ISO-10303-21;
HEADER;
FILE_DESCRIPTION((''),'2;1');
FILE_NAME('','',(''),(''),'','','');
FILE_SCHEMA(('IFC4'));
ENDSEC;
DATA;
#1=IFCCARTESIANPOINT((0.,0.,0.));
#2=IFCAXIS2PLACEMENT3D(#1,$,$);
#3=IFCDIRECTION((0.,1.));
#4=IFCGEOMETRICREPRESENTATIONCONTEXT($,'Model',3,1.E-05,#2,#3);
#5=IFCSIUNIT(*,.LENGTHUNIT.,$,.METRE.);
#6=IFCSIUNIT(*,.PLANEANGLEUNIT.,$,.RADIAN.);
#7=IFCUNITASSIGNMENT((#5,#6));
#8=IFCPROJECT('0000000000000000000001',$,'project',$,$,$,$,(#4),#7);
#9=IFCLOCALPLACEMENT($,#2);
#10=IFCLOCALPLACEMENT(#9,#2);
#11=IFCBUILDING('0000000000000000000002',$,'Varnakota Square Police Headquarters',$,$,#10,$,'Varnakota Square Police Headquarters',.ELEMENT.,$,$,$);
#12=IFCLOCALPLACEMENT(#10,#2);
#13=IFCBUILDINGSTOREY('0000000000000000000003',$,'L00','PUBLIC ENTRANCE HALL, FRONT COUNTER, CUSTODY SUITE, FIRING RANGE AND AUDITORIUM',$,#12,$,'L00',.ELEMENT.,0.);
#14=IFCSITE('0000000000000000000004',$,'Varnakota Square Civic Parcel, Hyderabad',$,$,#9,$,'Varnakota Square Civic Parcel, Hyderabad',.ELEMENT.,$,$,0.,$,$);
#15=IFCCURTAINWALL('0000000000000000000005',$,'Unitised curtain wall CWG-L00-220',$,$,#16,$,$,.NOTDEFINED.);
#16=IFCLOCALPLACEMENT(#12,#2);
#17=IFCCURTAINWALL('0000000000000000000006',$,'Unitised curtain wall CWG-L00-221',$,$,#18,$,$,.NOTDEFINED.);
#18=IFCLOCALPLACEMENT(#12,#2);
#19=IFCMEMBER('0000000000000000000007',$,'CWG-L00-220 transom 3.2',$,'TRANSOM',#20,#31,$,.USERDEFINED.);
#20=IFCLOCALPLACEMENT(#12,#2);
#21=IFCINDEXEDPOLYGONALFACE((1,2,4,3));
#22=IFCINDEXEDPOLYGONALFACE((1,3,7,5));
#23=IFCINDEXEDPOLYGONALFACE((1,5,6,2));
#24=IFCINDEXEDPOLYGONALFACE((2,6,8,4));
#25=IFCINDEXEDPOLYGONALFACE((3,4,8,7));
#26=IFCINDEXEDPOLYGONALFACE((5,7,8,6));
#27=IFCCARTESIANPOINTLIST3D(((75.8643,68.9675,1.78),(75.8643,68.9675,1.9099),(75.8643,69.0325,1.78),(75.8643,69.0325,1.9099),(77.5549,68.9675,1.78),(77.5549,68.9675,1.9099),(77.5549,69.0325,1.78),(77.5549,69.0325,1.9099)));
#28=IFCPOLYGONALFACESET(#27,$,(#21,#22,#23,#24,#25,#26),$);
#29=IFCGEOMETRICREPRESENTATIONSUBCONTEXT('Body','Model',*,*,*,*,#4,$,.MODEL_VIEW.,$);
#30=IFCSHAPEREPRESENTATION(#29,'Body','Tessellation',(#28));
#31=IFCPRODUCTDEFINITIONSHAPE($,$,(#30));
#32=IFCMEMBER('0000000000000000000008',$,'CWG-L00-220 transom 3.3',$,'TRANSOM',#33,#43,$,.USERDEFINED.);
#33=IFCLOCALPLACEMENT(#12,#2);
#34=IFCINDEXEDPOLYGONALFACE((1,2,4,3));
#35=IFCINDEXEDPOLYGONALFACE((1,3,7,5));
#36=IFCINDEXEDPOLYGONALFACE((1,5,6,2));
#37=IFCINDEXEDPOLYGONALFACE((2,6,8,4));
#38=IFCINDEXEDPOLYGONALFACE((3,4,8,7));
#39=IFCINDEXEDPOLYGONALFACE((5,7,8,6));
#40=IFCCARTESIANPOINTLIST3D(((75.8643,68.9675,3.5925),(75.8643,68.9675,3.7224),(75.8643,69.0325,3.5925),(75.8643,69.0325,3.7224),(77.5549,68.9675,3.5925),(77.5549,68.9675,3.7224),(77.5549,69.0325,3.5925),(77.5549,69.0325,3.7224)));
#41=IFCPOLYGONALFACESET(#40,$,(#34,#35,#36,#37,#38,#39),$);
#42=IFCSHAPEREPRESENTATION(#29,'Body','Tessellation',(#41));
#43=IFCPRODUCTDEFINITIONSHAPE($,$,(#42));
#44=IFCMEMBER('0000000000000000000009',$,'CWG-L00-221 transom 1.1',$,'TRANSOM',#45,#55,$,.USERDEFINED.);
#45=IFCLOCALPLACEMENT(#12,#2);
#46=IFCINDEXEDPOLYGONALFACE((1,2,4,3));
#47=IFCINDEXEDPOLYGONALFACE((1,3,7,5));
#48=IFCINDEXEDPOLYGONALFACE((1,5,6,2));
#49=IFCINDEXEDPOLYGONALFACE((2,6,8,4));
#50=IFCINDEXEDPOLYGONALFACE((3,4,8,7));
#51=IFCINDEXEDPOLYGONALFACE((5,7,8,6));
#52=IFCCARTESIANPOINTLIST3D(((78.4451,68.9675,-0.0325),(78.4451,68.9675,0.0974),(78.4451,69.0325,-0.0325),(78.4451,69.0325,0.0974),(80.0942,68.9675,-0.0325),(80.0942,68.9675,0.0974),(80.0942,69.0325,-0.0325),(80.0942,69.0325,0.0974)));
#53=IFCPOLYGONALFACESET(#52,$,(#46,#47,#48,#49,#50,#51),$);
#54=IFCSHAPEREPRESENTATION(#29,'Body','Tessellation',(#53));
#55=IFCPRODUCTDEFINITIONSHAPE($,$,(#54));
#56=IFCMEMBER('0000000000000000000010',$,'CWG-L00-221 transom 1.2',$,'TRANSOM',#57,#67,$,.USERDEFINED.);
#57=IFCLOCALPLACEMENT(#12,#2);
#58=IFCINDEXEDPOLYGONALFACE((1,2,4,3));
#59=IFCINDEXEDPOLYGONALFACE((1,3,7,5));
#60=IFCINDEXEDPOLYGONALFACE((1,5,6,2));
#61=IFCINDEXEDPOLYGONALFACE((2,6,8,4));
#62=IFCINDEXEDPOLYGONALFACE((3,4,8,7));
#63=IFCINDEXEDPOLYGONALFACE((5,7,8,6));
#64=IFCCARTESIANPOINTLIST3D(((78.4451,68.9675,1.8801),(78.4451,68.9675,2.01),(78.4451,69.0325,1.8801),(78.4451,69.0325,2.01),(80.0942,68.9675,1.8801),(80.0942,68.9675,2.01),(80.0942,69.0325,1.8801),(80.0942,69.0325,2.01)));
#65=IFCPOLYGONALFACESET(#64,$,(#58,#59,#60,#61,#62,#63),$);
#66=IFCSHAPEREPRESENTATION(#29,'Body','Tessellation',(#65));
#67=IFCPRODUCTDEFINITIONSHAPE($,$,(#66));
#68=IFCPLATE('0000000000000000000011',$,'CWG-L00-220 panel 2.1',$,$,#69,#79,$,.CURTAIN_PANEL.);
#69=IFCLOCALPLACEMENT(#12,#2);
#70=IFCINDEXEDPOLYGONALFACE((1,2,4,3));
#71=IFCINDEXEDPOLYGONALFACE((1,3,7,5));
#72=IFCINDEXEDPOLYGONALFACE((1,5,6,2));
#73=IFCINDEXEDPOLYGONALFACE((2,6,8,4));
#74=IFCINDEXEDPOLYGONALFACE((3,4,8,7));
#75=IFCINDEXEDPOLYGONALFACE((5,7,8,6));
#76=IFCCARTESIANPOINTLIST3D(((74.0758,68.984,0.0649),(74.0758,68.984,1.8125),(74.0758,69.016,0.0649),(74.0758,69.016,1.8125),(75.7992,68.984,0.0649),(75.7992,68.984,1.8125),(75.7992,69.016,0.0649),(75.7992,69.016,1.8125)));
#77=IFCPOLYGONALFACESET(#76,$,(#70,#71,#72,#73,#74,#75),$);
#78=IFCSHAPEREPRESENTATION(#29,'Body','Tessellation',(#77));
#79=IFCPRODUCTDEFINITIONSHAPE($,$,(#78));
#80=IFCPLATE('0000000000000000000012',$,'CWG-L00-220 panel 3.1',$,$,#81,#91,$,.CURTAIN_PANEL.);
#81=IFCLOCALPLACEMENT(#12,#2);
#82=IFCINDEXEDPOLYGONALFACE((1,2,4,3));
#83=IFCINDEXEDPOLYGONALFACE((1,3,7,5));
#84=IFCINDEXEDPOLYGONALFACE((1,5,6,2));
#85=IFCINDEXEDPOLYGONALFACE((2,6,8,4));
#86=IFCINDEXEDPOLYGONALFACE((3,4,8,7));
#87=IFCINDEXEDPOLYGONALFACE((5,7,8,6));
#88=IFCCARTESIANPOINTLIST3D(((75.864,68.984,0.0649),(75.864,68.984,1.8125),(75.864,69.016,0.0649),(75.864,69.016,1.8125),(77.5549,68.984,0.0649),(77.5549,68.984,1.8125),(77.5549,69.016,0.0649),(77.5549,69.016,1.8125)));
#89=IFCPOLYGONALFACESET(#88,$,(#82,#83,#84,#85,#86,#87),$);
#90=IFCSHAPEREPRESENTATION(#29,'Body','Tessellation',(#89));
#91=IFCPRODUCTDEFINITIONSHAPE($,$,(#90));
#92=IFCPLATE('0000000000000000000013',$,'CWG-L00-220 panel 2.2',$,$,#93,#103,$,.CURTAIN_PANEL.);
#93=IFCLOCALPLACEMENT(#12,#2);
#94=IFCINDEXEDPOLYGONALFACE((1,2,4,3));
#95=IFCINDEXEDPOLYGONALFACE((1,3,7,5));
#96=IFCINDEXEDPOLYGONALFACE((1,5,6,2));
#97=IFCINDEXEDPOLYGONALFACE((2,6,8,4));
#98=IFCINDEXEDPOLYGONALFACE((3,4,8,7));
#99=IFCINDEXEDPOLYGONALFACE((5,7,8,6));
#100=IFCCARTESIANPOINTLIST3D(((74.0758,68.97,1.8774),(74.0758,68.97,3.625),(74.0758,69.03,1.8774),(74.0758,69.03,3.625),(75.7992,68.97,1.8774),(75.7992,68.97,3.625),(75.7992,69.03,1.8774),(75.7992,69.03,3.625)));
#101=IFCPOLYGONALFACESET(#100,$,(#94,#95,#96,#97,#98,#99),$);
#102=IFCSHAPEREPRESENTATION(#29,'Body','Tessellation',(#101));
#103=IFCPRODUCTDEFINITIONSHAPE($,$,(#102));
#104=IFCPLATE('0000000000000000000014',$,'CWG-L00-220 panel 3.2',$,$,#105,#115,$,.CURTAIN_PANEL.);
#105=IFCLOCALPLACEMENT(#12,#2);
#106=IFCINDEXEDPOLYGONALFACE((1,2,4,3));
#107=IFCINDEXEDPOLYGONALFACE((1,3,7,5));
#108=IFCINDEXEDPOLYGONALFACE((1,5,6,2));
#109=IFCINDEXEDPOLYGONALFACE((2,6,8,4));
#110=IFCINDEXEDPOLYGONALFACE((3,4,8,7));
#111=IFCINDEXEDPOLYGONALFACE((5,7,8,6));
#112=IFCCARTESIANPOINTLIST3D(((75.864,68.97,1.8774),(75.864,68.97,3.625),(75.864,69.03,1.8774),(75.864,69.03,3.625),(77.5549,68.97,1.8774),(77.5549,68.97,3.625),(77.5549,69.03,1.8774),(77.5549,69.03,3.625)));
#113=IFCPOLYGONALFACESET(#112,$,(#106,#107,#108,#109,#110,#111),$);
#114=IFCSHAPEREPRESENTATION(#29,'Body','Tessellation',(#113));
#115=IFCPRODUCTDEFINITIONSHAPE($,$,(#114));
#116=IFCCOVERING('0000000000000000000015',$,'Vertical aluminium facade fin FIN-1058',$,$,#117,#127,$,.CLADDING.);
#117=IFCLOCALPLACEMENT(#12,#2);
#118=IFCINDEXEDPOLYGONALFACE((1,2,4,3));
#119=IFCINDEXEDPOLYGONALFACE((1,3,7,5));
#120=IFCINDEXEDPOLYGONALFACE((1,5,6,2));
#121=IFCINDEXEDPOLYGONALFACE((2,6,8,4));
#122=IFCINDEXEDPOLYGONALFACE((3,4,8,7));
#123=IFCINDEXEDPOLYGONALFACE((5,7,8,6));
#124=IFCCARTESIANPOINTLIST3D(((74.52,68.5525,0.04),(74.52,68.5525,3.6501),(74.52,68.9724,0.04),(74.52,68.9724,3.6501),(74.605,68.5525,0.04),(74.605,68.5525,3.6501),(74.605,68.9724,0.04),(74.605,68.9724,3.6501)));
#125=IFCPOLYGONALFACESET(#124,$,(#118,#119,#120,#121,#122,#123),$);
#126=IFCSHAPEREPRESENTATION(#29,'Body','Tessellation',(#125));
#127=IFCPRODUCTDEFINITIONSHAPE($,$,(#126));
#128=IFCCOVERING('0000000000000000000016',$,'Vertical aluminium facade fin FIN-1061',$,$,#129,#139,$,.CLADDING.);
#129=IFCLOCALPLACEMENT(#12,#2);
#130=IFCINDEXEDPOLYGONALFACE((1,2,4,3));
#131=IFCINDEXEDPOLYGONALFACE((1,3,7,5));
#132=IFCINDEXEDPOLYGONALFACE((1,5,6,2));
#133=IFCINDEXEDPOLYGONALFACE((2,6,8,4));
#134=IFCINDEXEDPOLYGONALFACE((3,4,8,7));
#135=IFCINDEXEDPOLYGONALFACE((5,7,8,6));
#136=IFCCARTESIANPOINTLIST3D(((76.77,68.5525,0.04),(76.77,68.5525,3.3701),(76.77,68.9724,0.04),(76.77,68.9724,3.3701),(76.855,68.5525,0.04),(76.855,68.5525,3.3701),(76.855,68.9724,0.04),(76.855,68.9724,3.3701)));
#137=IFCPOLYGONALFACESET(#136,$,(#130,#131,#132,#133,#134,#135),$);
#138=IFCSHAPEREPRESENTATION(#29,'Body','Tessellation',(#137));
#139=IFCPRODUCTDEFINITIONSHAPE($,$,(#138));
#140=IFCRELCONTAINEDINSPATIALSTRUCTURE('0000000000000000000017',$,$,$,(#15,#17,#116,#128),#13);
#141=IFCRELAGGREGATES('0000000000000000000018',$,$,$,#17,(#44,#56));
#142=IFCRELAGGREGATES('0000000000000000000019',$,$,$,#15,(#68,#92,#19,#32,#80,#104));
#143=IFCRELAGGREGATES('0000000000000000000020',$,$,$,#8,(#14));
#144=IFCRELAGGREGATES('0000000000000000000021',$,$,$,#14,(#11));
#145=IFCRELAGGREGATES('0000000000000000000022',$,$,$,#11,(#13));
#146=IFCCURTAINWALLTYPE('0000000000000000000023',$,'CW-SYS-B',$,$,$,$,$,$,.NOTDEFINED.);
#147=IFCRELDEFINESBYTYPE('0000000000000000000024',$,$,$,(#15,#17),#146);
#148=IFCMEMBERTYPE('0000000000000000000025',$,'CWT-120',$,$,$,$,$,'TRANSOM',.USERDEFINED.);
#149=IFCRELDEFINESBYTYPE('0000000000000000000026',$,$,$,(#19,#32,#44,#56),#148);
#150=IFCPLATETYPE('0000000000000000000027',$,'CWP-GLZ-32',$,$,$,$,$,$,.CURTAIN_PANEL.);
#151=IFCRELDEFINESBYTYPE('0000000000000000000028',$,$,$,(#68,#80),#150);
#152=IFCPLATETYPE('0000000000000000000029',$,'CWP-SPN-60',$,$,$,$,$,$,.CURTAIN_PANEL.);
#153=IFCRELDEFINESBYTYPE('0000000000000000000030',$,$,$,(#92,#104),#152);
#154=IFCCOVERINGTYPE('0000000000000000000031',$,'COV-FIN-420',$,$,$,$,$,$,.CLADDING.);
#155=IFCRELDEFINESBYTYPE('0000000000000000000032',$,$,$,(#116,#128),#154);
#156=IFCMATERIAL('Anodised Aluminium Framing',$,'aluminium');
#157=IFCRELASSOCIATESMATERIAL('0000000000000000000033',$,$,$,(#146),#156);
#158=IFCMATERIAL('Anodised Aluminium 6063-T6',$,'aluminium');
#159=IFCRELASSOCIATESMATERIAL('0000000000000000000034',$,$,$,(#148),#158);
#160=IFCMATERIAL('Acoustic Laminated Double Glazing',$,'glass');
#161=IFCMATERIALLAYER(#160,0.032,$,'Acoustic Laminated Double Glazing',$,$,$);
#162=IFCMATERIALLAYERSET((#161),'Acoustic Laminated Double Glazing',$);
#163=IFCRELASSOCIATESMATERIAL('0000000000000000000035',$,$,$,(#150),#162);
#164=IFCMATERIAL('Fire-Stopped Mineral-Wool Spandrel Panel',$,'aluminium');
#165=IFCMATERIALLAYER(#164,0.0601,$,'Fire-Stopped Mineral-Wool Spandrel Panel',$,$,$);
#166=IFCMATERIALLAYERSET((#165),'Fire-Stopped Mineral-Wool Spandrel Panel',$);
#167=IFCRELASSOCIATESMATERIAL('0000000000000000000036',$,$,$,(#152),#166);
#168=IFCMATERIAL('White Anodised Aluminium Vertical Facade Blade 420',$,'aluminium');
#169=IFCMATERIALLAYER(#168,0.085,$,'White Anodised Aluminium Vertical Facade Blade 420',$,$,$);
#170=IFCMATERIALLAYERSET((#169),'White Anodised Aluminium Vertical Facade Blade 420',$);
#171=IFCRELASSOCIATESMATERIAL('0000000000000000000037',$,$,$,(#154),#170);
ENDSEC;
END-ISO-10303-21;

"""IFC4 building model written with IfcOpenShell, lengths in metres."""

from ifc_helpers import new_model, si_unit, direction, frame, origin, origin_2d, place, context, subcontext, project, spatial, rectangle, extrude, material, layer, layer_set, material_profile, profile_set, type_object, element, aggregate, save


model = new_model("IFC4")

# Units and contexts
model_context = context("Model", 3, precision=1e-05, world=origin(), true_north=direction((0.0, 1.0)))
body_context = subcontext(model_context, "Body", "Model", "MODEL_VIEW")
ifc_project = project(units=[si_unit("LENGTHUNIT", "METRE"), si_unit("PLANEANGLEUNIT", "RADIAN")], contexts=[model_context])

# Site, building, storey
site_placement = place(None, origin())
site = spatial("IfcSite", under=ifc_project, at=site_placement, Name="Varnakota Square Civic Parcel, Hyderabad", LongName="Varnakota Square Civic Parcel, Hyderabad", CompositionType="ELEMENT", RefElevation=0.0)
building_placement = place(site_placement, origin())
building = spatial("IfcBuilding", under=site, at=building_placement, Name="Varnakota Square Police Headquarters", LongName="Varnakota Square Police Headquarters", CompositionType="ELEMENT")
storey_placement = place(building_placement, origin())
storey = spatial("IfcBuildingStorey", under=building, at=storey_placement, Name="L00", Description="PUBLIC ENTRANCE HALL, FRONT COUNTER, CUSTODY SUITE, FIRING RANGE AND AUDITORIUM", LongName="L00", CompositionType="ELEMENT", Elevation=0.0)

# Curtain wall
ifc_material_1 = material(Name="Anodised Aluminium Framing", Category="aluminium")
curtain_wall_type = type_object("IfcCurtainWallType", Name="CW-SYS-B", PredefinedType="NOTDEFINED", material=ifc_material_1)
curtain_wall_1_placement = place(storey_placement, origin())
curtain_wall_1 = element("IfcCurtainWall", 1, at=curtain_wall_1_placement, inside=storey, type_object=curtain_wall_type, Name="Unitised curtain wall CWG-L00-220", PredefinedType="NOTDEFINED")
ifc_material_2 = material(Name="Anodised Aluminium 6063-T6", Category="aluminium")

# Curtain wall
curtain_wall_2_placement = place(storey_placement, origin())
curtain_wall_2 = element("IfcCurtainWall", 2, at=curtain_wall_2_placement, inside=storey, type_object=curtain_wall_type, Name="Unitised curtain wall CWG-L00-221", PredefinedType="NOTDEFINED")

# Members
ifc_material_profile_1 = material_profile(ifc_material_2, rectangle(XDim=0.0649, YDim=0.1299, at=origin_2d()), Name="ALU TRANSOM 65x130")
ifc_profile_set_1 = profile_set([ifc_material_profile_1], Name="Anodised Aluminium 6063-T6")
member_type_1 = type_object("IfcMemberType", Name="CWT-120", ElementType="TRANSOM", PredefinedType="USERDEFINED", material=ifc_profile_set_1)
member_1_placement = place(storey_placement, frame((75.8643, 69.0, 1.845), z_axis=(1.0, 0.0, 0.0), x_axis=(0.0, 1.0, 0.0)))
member_1 = element("IfcMember", 3, at=member_1_placement, type_object=member_type_1, Name="CWG-L00-220 transom 3.2", ObjectType="TRANSOM", PredefinedType="USERDEFINED", context=body_context, shape_type="SweptSolid", body=[
    extrude(rectangle(XDim=0.0649, YDim=0.1299, at=origin_2d()), origin(), (0.0, 0.0, 1.0), 1.6907),
])
member_2_placement = place(storey_placement, frame((75.8643, 69.0, 3.6575), z_axis=(1.0, 0.0, 0.0), x_axis=(0.0, 1.0, 0.0)))
member_2 = element("IfcMember", 4, at=member_2_placement, type_object=member_type_1, Name="CWG-L00-220 transom 3.3", ObjectType="TRANSOM", PredefinedType="USERDEFINED", context=body_context, shape_type="SweptSolid", body=[
    extrude(rectangle(XDim=0.0649, YDim=0.1299, at=origin_2d()), origin(), (0.0, 0.0, 1.0), 1.6907),
])
member_3_placement = place(storey_placement, frame((78.4451, 69.0, 0.0325), z_axis=(1.0, 0.0, 0.0), x_axis=(0.0, 1.0, 0.0)))
member_3 = element("IfcMember", 5, at=member_3_placement, type_object=member_type_1, Name="CWG-L00-221 transom 1.1", ObjectType="TRANSOM", PredefinedType="USERDEFINED", context=body_context, shape_type="SweptSolid", body=[
    extrude(rectangle(XDim=0.0649, YDim=0.1299, at=origin_2d()), origin(), (0.0, 0.0, 1.0), 1.6492),
])
member_4_placement = place(storey_placement, frame((78.4451, 69.0, 1.9451), z_axis=(1.0, 0.0, 0.0), x_axis=(0.0, 1.0, 0.0)))
member_4 = element("IfcMember", 6, at=member_4_placement, type_object=member_type_1, Name="CWG-L00-221 transom 1.2", ObjectType="TRANSOM", PredefinedType="USERDEFINED", context=body_context, shape_type="SweptSolid", body=[
    extrude(rectangle(XDim=0.0649, YDim=0.1299, at=origin_2d()), origin(), (0.0, 0.0, 1.0), 1.6492),
])
aggregate(curtain_wall_2, [member_3, member_4])

# Plates
ifc_material_3 = material(Name="Acoustic Laminated Double Glazing", Category="glass")
ifc_layer_1 = layer(ifc_material_3, 0.032, Name="Acoustic Laminated Double Glazing")
ifc_layer_set_1 = layer_set([ifc_layer_1], Name="Acoustic Laminated Double Glazing")
plate_type_1 = type_object("IfcPlateType", Name="CWP-GLZ-32", PredefinedType="CURTAIN_PANEL", material=ifc_layer_set_1)
plate_1_placement = place(storey_placement, frame((74.9375, 69.0, 0.0649), z_axis=(0.0, 0.0, 1.0), x_axis=(1.0, 0.0, 0.0)))
plate_1 = element("IfcPlate", 7, at=plate_1_placement, type_object=plate_type_1, Name="CWG-L00-220 panel 2.1", PredefinedType="CURTAIN_PANEL", context=body_context, shape_type="SweptSolid", body=[
    extrude(rectangle(XDim=1.7234, YDim=0.032, at=origin_2d()), origin(), (0.0, 0.0, 1.0), 1.7476),
])
plate_2_placement = place(storey_placement, frame((76.7095, 69.0, 0.0649), z_axis=(0.0, 0.0, 1.0), x_axis=(1.0, 0.0, 0.0)))
plate_2 = element("IfcPlate", 8, at=plate_2_placement, type_object=plate_type_1, Name="CWG-L00-220 panel 3.1", PredefinedType="CURTAIN_PANEL", context=body_context, shape_type="SweptSolid", body=[
    extrude(rectangle(XDim=1.6909, YDim=0.032, at=origin_2d()), origin(), (0.0, 0.0, 1.0), 1.7476),
])
ifc_material_4 = material(Name="Fire-Stopped Mineral-Wool Spandrel Panel", Category="aluminium")
ifc_layer_2 = layer(ifc_material_4, 0.0601, Name="Fire-Stopped Mineral-Wool Spandrel Panel")
ifc_layer_set_2 = layer_set([ifc_layer_2], Name="Fire-Stopped Mineral-Wool Spandrel Panel")
plate_type_2 = type_object("IfcPlateType", Name="CWP-SPN-60", PredefinedType="CURTAIN_PANEL", material=ifc_layer_set_2)
plate_3_placement = place(storey_placement, frame((74.9375, 69.0, 1.8774), z_axis=(0.0, 0.0, 1.0), x_axis=(1.0, 0.0, 0.0)))
plate_3 = element("IfcPlate", 9, at=plate_3_placement, type_object=plate_type_2, Name="CWG-L00-220 panel 2.2", PredefinedType="CURTAIN_PANEL", context=body_context, shape_type="SweptSolid", body=[
    extrude(rectangle(XDim=1.7234, YDim=0.0601, at=origin_2d()), origin(), (0.0, 0.0, 1.0), 1.7476),
])
plate_4_placement = place(storey_placement, frame((76.7095, 69.0, 1.8774), z_axis=(0.0, 0.0, 1.0), x_axis=(1.0, 0.0, 0.0)))
plate_4 = element("IfcPlate", 10, at=plate_4_placement, type_object=plate_type_2, Name="CWG-L00-220 panel 3.2", PredefinedType="CURTAIN_PANEL", context=body_context, shape_type="SweptSolid", body=[
    extrude(rectangle(XDim=1.6909, YDim=0.0601, at=origin_2d()), origin(), (0.0, 0.0, 1.0), 1.7476),
])
aggregate(curtain_wall_1, [plate_1, plate_3, member_1, member_2, plate_2, plate_4])

# Coverings
ifc_material_5 = material(Name="White Anodised Aluminium Vertical Facade Blade 420", Category="aluminium")
ifc_layer_3 = layer(ifc_material_5, 0.085, Name="White Anodised Aluminium Vertical Facade Blade 420")
ifc_layer_set_3 = layer_set([ifc_layer_3], Name="White Anodised Aluminium Vertical Facade Blade 420")
covering_type = type_object("IfcCoveringType", Name="COV-FIN-420", PredefinedType="CLADDING", material=ifc_layer_set_3)
covering_1_placement = place(storey_placement, frame((74.5625, 68.7625, 0.04), z_axis=(0.0, 0.0, 1.0), x_axis=(1.0, 0.0, 0.0)))
element("IfcCovering", 11, at=covering_1_placement, inside=storey, type_object=covering_type, Name="Vertical aluminium facade fin FIN-1058", PredefinedType="CLADDING", context=body_context, shape_type="SweptSolid", body=[
    extrude(rectangle(XDim=0.085, YDim=0.4199, at=origin_2d()), origin(), (0.0, 0.0, 1.0), 3.6101),
])
covering_2_placement = place(storey_placement, frame((76.8125, 68.7625, 0.04), z_axis=(0.0, 0.0, 1.0), x_axis=(1.0, 0.0, 0.0)))
element("IfcCovering", 12, at=covering_2_placement, inside=storey, type_object=covering_type, Name="Vertical aluminium facade fin FIN-1061", PredefinedType="CLADDING", context=body_context, shape_type="SweptSolid", body=[
    extrude(rectangle(XDim=0.085, YDim=0.4199, at=origin_2d()), origin(), (0.0, 0.0, 1.0), 3.3301),
])

save(model, "model.ifc")
